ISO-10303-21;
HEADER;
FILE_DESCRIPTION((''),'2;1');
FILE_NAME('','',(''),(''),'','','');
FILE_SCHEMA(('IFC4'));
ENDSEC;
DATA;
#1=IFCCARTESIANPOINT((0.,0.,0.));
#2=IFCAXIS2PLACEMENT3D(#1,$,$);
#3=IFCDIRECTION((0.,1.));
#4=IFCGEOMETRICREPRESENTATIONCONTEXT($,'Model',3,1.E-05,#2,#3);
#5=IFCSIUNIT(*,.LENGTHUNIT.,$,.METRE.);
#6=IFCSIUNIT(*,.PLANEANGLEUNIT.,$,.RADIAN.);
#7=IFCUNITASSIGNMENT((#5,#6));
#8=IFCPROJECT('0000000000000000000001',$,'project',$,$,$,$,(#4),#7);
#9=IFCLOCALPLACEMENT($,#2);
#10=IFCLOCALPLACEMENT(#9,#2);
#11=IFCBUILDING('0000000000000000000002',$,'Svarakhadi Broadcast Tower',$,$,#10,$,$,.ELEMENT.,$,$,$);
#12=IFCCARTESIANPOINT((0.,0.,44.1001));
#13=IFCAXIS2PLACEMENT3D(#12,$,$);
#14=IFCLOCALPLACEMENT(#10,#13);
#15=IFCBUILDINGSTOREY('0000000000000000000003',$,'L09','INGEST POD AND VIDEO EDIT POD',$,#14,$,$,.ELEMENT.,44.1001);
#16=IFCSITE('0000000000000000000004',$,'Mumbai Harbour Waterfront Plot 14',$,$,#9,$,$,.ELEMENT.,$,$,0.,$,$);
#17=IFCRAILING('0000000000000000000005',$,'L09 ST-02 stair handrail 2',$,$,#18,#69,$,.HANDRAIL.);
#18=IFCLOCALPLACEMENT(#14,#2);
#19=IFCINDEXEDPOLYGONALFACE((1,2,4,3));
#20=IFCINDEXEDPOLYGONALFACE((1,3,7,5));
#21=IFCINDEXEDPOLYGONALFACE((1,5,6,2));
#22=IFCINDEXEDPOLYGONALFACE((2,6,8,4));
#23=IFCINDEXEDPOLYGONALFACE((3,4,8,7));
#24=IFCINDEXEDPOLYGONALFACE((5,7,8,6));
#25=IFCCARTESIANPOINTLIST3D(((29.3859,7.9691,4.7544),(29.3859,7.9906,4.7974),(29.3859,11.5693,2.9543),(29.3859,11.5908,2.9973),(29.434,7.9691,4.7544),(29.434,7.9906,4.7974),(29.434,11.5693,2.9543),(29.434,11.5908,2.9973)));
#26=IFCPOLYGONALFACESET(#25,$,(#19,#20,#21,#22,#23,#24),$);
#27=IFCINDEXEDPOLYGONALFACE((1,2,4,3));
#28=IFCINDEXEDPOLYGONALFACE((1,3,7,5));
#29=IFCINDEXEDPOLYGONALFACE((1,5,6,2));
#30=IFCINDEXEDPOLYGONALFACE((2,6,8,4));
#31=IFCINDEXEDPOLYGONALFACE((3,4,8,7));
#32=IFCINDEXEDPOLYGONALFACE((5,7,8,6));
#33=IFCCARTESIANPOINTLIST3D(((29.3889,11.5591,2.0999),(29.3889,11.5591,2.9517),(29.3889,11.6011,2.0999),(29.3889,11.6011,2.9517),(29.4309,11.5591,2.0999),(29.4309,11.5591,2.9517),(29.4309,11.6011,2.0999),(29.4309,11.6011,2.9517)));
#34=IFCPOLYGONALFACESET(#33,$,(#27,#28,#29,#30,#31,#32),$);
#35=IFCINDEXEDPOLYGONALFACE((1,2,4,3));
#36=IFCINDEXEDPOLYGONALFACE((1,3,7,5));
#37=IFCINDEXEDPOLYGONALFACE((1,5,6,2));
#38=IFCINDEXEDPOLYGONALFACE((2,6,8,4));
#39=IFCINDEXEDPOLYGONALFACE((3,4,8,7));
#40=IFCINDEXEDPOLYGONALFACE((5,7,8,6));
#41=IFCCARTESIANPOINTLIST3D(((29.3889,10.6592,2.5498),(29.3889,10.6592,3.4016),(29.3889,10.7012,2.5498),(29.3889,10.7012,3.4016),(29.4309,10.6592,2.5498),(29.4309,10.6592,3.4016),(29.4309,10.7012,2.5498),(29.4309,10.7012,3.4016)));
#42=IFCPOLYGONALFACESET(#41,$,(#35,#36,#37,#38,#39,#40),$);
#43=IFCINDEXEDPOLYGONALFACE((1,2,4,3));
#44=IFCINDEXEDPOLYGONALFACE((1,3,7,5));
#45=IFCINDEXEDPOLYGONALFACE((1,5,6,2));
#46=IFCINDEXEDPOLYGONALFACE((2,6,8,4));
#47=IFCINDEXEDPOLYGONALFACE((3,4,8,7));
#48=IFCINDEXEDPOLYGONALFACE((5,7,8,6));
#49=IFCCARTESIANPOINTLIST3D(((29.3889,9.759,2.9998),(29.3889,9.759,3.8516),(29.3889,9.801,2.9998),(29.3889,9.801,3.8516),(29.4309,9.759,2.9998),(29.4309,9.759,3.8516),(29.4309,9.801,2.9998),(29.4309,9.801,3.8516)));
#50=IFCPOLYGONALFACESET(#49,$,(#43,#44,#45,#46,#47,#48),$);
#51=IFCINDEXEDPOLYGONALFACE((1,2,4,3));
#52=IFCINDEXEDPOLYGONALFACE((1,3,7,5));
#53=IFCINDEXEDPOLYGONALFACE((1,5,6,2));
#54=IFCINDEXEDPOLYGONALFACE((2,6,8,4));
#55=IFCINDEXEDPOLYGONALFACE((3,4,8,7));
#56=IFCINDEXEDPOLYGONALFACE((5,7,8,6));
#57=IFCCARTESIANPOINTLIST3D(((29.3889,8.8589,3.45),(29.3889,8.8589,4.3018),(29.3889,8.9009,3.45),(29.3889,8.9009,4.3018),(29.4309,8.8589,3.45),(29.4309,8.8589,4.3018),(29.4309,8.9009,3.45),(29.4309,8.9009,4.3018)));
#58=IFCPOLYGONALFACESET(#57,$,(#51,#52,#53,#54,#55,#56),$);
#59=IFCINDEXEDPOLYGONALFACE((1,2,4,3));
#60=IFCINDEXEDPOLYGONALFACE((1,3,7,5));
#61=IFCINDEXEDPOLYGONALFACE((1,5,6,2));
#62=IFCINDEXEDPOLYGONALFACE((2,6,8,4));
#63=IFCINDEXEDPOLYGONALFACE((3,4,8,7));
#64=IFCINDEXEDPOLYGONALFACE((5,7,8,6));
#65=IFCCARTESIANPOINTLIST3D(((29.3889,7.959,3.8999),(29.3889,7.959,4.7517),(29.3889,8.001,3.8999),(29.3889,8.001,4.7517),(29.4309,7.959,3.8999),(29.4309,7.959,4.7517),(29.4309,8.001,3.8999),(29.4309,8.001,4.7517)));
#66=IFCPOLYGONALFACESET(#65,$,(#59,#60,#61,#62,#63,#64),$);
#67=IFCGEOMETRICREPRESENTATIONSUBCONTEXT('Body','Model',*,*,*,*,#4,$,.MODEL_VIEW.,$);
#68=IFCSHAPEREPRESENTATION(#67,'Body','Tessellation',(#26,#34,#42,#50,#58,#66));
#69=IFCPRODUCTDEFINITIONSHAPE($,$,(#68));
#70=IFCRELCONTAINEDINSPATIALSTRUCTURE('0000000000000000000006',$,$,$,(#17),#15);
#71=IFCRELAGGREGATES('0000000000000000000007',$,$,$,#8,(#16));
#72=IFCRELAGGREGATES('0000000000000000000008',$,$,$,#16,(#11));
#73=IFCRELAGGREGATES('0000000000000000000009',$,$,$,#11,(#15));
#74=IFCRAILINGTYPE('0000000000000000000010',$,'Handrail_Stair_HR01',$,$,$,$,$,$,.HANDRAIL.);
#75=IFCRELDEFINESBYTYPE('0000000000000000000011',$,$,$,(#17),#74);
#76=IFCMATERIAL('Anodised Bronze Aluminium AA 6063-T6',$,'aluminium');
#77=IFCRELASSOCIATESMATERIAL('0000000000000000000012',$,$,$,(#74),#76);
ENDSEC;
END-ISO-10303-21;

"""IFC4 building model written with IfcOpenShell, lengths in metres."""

from ifc_helpers import new_model, si_unit, direction, frame, origin, origin_2d, place, context, subcontext, project, spatial, rectangle, extrude, material, type_object, element, save


model = new_model("IFC4")

# Units and contexts
model_context = context("Model", 3, precision=1e-05, world=origin(), true_north=direction((0.0, 1.0)))
body_context = subcontext(model_context, "Body", "Model", "MODEL_VIEW")
ifc_project = project(units=[si_unit("LENGTHUNIT", "METRE"), si_unit("PLANEANGLEUNIT", "RADIAN")], contexts=[model_context])

# Site, building, storey
site_placement = place(None, origin())
site = spatial("IfcSite", under=ifc_project, at=site_placement, Name="Mumbai Harbour Waterfront Plot 14", CompositionType="ELEMENT", RefElevation=0.0)
building_placement = place(site_placement, origin())
building = spatial("IfcBuilding", under=site, at=building_placement, Name="Svarakhadi Broadcast Tower", CompositionType="ELEMENT")
storey_placement = place(building_placement, frame((0.0, 0.0, 44.1001)))
storey = spatial("IfcBuildingStorey", under=building, at=storey_placement, Name="L09", Description="INGEST POD AND VIDEO EDIT POD", CompositionType="ELEMENT", Elevation=44.1001)

# Shared definitions
ifc_material_1 = material(Name="Anodised Bronze Aluminium AA 6063-T6", Category="aluminium")

# Railing
railing_type_1 = type_object("IfcRailingType", Name="Handrail_Stair_HR01", PredefinedType="HANDRAIL", material=ifc_material_1)
railing_1_placement = place(storey_placement, frame((29.4099, 11.5801, 2.0999)))
element("IfcRailing", 1, at=railing_1_placement, inside=storey, type_object=railing_type_1, Name="L09 ST-02 stair handrail 2", PredefinedType="HANDRAIL", context=body_context, shape_type="SweptSolid", body=[
    extrude(rectangle(XDim=0.0481, YDim=0.0481, at=origin_2d()), frame((0.0, 0.0, 0.876), z_axis=(0.0, -0.894427, 0.447214), x_axis=(1.0, 0.0, 0.0)), (0.0, 0.0, 1.0), 4.0251),
    extrude(rectangle(XDim=0.042, YDim=0.042, at=origin_2d()), origin(), (0.0, 0.0, 1.0), 0.8518),
    extrude(rectangle(XDim=0.042, YDim=0.042, at=origin_2d()), frame((0.0, -0.8999, 0.45)), (0.0, 0.0, 1.0), 0.8518),
    extrude(rectangle(XDim=0.042, YDim=0.042, at=origin_2d()), frame((0.0, -1.8, 0.8999)), (0.0, 0.0, 1.0), 0.8518),
    extrude(rectangle(XDim=0.042, YDim=0.042, at=origin_2d()), frame((0.0, -2.7002, 1.3501)), (0.0, 0.0, 1.0), 0.8518),
    extrude(rectangle(XDim=0.042, YDim=0.042, at=origin_2d()), frame((0.0, -3.6001, 1.8)), (0.0, 0.0, 1.0), 0.8518),
])

save(model, "model.ifc")
